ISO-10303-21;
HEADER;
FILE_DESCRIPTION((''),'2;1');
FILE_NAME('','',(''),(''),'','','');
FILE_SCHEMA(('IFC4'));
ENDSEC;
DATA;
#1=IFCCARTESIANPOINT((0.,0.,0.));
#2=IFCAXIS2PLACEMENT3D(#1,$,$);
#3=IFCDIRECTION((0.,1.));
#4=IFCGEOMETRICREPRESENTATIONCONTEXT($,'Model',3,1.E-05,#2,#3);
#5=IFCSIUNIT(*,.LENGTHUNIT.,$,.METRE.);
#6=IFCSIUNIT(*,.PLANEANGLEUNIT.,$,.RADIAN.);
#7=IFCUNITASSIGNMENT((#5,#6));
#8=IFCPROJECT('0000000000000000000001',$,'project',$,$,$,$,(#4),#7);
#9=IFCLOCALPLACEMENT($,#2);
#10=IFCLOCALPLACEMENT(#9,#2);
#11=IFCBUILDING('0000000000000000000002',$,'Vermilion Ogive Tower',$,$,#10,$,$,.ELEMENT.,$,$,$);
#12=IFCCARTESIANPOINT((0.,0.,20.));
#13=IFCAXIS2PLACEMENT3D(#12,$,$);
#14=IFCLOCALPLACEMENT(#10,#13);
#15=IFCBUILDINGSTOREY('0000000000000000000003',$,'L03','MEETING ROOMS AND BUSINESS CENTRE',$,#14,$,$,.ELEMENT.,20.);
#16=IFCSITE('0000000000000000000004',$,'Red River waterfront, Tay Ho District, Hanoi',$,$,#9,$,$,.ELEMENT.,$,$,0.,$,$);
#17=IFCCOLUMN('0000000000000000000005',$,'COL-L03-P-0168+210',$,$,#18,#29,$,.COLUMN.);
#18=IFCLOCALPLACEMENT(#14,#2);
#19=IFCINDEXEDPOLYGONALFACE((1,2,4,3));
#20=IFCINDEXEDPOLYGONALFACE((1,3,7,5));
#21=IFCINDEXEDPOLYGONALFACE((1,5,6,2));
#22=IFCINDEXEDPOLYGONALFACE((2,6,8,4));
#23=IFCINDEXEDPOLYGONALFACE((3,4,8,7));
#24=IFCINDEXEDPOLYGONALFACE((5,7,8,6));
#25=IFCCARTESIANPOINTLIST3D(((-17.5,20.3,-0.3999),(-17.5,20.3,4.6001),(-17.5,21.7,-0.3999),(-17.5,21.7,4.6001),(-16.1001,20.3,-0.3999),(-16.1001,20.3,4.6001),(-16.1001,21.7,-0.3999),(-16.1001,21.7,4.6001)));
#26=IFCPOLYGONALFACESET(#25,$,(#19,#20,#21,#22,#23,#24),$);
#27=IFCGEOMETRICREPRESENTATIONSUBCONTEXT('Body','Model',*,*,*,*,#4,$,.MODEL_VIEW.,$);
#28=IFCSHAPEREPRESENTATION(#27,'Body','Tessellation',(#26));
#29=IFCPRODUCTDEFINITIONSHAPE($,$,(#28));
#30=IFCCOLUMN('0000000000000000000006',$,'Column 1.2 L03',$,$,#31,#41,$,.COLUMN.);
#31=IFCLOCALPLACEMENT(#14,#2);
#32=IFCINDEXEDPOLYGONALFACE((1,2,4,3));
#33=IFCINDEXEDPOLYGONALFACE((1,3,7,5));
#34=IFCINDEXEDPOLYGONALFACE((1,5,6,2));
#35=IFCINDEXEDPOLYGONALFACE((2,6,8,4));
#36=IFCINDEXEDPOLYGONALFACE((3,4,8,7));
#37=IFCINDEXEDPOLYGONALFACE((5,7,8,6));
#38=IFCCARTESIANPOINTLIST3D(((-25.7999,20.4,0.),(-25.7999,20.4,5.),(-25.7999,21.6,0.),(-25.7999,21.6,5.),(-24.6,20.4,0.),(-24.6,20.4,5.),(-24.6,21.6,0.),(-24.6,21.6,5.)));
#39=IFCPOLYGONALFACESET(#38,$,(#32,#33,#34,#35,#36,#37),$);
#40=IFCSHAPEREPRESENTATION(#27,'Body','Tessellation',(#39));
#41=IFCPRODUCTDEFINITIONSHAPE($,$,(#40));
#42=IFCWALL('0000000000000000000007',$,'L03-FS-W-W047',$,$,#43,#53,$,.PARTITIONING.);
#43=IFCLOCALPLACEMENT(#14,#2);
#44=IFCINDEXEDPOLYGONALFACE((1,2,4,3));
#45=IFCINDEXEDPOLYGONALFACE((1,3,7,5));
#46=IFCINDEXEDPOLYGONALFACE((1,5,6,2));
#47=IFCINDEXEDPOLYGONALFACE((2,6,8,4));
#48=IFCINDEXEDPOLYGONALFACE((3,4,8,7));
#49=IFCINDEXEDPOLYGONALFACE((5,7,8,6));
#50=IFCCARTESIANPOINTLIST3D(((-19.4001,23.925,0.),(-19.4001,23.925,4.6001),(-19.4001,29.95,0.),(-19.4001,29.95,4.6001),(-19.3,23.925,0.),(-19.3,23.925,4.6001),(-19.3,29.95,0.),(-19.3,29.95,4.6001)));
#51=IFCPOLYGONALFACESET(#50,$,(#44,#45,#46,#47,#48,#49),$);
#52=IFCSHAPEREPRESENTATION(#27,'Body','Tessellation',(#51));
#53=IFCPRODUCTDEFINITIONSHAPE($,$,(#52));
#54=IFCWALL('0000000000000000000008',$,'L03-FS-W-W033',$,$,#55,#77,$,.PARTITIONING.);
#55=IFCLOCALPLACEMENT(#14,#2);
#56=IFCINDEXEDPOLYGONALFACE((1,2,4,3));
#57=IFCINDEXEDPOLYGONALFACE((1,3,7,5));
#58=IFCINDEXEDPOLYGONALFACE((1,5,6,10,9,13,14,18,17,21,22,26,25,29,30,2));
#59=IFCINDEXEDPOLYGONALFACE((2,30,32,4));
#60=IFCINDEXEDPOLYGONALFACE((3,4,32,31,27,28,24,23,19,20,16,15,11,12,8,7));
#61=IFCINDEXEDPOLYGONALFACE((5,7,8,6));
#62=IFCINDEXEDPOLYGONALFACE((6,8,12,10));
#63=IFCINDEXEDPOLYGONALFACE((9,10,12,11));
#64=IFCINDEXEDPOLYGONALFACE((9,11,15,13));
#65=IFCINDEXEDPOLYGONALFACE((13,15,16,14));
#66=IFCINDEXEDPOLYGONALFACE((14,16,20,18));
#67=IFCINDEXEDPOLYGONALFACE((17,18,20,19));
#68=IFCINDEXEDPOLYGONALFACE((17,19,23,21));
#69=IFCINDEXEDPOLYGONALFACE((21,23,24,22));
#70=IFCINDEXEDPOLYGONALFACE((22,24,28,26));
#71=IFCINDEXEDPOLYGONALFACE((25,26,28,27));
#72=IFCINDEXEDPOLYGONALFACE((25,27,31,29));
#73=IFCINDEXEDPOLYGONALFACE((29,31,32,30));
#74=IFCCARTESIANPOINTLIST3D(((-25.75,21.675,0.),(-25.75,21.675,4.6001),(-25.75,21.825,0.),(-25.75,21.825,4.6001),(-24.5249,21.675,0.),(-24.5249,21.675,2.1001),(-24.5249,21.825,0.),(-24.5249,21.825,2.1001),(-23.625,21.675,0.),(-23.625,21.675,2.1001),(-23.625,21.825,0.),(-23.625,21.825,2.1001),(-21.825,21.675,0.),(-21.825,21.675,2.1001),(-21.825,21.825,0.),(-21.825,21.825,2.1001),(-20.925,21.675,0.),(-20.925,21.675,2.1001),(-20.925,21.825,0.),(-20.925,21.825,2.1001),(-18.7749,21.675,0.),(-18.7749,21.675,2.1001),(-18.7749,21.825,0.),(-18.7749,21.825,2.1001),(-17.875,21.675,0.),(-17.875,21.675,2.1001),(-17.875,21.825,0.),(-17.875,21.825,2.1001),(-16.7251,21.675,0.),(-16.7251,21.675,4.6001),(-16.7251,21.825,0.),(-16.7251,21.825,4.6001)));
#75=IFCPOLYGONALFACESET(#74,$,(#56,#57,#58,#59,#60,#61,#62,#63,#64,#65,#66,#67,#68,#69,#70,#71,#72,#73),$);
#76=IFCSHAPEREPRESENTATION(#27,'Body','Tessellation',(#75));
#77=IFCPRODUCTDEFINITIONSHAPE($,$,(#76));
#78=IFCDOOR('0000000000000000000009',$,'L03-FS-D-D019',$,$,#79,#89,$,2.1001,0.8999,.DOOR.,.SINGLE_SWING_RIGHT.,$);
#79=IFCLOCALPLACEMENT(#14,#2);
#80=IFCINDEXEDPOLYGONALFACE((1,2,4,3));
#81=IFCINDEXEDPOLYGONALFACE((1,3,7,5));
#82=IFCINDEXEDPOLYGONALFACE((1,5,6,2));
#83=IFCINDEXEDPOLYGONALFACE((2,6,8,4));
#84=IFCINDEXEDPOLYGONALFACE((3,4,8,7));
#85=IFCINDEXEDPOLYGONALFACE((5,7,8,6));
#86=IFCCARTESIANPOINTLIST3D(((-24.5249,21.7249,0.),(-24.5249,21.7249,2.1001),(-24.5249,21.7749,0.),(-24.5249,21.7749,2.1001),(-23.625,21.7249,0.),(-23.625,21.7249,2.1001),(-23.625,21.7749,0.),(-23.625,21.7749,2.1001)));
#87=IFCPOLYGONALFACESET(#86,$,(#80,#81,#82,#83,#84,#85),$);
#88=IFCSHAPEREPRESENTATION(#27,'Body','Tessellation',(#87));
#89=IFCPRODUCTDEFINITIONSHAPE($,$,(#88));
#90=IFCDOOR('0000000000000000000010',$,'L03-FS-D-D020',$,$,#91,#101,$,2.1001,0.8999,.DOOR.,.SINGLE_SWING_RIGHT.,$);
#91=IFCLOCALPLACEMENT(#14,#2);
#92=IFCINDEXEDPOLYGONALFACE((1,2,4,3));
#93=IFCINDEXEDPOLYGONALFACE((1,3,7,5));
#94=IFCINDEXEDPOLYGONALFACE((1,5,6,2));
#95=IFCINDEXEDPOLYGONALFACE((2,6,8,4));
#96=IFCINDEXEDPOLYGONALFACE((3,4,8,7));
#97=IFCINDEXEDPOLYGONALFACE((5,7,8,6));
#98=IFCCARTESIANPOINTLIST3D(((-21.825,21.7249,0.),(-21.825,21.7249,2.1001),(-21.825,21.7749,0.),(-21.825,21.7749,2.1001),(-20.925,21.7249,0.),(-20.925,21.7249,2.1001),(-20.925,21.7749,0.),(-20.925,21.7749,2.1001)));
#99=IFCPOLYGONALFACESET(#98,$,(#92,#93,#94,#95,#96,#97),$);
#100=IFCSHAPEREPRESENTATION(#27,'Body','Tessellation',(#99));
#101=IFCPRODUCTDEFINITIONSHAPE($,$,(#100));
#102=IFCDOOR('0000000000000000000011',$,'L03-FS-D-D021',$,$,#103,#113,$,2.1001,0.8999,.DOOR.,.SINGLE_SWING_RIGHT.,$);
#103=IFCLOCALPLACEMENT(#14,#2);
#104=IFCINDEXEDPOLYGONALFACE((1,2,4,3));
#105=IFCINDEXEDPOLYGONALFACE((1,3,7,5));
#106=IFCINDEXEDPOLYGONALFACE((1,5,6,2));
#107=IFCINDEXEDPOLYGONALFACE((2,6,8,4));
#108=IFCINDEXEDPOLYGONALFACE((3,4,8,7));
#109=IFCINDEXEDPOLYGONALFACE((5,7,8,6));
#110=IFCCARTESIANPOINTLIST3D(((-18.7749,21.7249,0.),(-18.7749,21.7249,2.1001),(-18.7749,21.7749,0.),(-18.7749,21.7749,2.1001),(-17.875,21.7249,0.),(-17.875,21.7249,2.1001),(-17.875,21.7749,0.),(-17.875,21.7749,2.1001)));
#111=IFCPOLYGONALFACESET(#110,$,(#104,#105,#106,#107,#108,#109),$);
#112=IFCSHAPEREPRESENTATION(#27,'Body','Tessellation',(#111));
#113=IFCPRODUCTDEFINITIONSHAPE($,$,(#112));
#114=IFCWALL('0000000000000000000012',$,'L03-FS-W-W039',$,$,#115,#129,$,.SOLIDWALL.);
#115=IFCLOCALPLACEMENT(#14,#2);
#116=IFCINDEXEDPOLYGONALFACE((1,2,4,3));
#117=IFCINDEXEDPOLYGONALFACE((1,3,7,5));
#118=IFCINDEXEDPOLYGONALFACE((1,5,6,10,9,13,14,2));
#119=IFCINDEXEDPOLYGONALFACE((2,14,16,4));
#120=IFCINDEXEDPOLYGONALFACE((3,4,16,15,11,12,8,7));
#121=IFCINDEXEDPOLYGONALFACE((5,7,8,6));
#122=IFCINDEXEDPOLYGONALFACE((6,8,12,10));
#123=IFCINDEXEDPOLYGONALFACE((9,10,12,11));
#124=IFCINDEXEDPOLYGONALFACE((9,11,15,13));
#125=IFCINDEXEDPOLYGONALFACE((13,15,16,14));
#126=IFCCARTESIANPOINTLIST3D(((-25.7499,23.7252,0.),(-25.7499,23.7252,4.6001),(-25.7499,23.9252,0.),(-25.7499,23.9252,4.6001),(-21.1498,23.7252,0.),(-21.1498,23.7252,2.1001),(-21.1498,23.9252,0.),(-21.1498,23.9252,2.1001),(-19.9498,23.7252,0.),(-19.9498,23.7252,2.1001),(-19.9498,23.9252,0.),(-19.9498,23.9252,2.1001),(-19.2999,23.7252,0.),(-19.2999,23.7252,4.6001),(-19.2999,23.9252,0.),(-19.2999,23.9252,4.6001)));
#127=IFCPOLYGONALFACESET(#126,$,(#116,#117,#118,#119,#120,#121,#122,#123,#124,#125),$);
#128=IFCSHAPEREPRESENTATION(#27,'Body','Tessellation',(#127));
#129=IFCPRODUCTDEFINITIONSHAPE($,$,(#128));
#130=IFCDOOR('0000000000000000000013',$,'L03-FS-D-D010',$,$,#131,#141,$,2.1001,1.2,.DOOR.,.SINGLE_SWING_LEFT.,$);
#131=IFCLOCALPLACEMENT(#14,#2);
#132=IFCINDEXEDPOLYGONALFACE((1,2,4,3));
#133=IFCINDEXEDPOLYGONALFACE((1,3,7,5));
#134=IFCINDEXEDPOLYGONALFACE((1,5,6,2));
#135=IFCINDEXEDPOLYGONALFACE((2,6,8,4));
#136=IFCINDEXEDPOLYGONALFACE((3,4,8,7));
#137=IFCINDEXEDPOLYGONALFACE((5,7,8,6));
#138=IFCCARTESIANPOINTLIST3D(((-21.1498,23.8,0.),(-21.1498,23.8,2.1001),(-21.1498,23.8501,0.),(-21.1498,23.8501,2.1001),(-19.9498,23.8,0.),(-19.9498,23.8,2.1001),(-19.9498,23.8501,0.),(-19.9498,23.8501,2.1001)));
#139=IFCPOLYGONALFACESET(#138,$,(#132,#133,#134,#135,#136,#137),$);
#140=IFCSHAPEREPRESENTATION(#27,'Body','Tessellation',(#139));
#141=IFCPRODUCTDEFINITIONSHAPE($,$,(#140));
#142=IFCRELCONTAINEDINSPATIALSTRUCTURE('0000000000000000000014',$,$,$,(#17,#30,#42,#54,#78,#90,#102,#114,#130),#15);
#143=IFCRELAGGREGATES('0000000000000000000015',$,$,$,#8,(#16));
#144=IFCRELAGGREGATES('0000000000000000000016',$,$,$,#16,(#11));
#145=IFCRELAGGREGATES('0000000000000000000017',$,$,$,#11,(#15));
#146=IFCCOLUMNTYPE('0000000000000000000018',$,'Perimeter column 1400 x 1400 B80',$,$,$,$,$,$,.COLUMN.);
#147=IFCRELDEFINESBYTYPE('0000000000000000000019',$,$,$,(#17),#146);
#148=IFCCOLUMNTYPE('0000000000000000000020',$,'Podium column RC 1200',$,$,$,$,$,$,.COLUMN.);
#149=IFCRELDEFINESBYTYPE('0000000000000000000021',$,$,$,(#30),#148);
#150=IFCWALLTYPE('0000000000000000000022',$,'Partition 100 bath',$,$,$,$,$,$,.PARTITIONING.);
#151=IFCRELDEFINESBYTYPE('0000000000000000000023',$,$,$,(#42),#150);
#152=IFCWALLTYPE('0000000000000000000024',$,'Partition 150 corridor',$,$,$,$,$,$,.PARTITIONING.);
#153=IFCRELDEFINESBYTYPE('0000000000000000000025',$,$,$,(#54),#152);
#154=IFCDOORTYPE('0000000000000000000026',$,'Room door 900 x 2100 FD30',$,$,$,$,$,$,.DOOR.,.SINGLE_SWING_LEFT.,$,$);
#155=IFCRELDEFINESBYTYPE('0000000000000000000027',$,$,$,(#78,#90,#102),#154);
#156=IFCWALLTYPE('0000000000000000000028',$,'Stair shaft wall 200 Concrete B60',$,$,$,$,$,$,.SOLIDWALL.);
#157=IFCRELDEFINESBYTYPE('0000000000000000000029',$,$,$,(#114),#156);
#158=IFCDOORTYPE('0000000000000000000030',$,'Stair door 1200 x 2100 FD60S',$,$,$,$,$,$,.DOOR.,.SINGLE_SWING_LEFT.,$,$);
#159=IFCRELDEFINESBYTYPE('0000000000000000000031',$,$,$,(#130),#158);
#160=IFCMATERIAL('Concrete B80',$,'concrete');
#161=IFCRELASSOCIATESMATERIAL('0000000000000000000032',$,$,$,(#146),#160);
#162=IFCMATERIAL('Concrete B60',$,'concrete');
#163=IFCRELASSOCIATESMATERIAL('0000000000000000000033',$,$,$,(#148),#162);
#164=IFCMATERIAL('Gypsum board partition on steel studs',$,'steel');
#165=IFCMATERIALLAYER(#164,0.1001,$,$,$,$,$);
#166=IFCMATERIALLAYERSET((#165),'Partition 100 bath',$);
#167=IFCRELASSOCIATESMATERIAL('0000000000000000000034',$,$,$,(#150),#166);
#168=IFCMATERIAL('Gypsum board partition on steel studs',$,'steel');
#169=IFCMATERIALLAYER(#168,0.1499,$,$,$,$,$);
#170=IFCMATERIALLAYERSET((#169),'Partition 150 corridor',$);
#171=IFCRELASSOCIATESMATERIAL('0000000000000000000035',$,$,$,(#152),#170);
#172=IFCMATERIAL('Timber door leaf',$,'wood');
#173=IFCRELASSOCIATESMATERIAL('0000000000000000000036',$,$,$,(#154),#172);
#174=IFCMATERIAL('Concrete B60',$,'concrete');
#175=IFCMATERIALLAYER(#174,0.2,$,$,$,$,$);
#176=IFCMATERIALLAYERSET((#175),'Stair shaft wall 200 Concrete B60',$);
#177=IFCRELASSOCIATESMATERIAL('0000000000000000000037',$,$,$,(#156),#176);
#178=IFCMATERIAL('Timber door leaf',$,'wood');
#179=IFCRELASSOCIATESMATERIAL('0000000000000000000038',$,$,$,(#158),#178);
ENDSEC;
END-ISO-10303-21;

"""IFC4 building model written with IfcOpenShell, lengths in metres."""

from ifc_helpers import new_model, si_unit, direction, frame, frame_2d, origin, origin_2d, place, context, subcontext, project, spatial, rectangle, extrude, material, layer, layer_set, material_profile, profile_set, type_object, element, fill, save


model = new_model("IFC4")

# Units and contexts
model_context = context("Model", 3, precision=1e-05, world=origin(), true_north=direction((0.0, 1.0)))
body_context = subcontext(model_context, "Body", "Model", "MODEL_VIEW")
ifc_project = project(units=[si_unit("LENGTHUNIT", "METRE"), si_unit("PLANEANGLEUNIT", "RADIAN")], contexts=[model_context])

# Site, building, storey
site_placement = place(None, origin())
site = spatial("IfcSite", under=ifc_project, at=site_placement, Name="Red River waterfront, Tay Ho District, Hanoi", CompositionType="ELEMENT", RefElevation=0.0)
building_placement = place(site_placement, origin())
building = spatial("IfcBuilding", under=site, at=building_placement, Name="Vermilion Ogive Tower", CompositionType="ELEMENT")
storey_placement = place(building_placement, frame((0.0, 0.0, 20.0)))
storey = spatial("IfcBuildingStorey", under=building, at=storey_placement, Name="L03", Description="MEETING ROOMS AND BUSINESS CENTRE", CompositionType="ELEMENT", Elevation=20.0)

# Columns
ifc_material_1 = material(Name="Concrete B80", Category="concrete")
ifc_material_profile_1 = material_profile(ifc_material_1, rectangle(XDim=1.3999, YDim=1.3999, at=origin_2d()), Name="1400 x 1400")
ifc_profile_set_1 = profile_set([ifc_material_profile_1], Name="Concrete B80")
column_type_1 = type_object("IfcColumnType", Name="Perimeter column 1400 x 1400 B80", PredefinedType="COLUMN", material=ifc_profile_set_1)
column_1_placement = place(storey_placement, frame((-16.8, 21.0, -0.3999), z_axis=(0.0, 0.0, 1.0), x_axis=(1.0, 0.0, 0.0)))
element("IfcColumn", 1, at=column_1_placement, inside=storey, type_object=column_type_1, Name="COL-L03-P-0168+210", PredefinedType="COLUMN", context=body_context, shape_type="SweptSolid", body=[
    extrude(rectangle(XDim=1.3999, YDim=1.3999, at=origin_2d()), origin(), (0.0, 0.0, 1.0), 5.0),
])
ifc_material_2 = material(Name="Concrete B60", Category="concrete")
ifc_material_profile_2 = material_profile(ifc_material_2, rectangle(XDim=1.2, YDim=1.2, at=origin_2d()), Name="RC 1200x1200")
ifc_profile_set_2 = profile_set([ifc_material_profile_2], Name="Concrete B60")
column_type_2 = type_object("IfcColumnType", Name="Podium column RC 1200", PredefinedType="COLUMN", material=ifc_profile_set_2)
column_2_placement = place(storey_placement, frame((-25.2, 21.0, 0.0), z_axis=(0.0, 0.0, 1.0), x_axis=(1.0, 0.0, 0.0)))
element("IfcColumn", 2, at=column_2_placement, inside=storey, type_object=column_type_2, Name="Column 1.2 L03", PredefinedType="COLUMN", context=body_context, shape_type="SweptSolid", body=[
    extrude(rectangle(XDim=1.2, YDim=1.2, at=origin_2d()), origin(), (0.0, 0.0, 1.0), 5.0),
])

# Wall
ifc_material_3 = material(Name="Gypsum board partition on steel studs", Category="steel")
ifc_layer_1 = layer(ifc_material_3, 0.1001)
ifc_layer_set_1 = layer_set([ifc_layer_1], Name="Partition 100 bath")
wall_type_1 = type_object("IfcWallType", Name="Partition 100 bath", PredefinedType="PARTITIONING", material=ifc_layer_set_1)
wall_1_placement = place(storey_placement, frame((-19.3501, 23.925, 0.0), z_axis=(0.0, 0.0, 1.0), x_axis=(0.0, 1.0, 0.0)))
element("IfcWall", 3, at=wall_1_placement, inside=storey, type_object=wall_type_1, Name="L03-FS-W-W047", PredefinedType="PARTITIONING", context=body_context, shape_type="SweptSolid", body=[
    extrude(rectangle(XDim=6.0249, YDim=0.1001, at=frame_2d((3.0125, 0.0))), origin(), (0.0, 0.0, 1.0), 4.6001),
])

# Wall, openings, doors
ifc_material_4 = material(Name="Gypsum board partition on steel studs", Category="steel")
ifc_layer_2 = layer(ifc_material_4, 0.1499)
ifc_layer_set_2 = layer_set([ifc_layer_2], Name="Partition 150 corridor")
wall_type_2 = type_object("IfcWallType", Name="Partition 150 corridor", PredefinedType="PARTITIONING", material=ifc_layer_set_2)
wall_2_placement = place(storey_placement, frame((-25.75, 21.75, 0.0), z_axis=(0.0, 0.0, 1.0), x_axis=(1.0, 0.0, 0.0)))
wall_2 = element("IfcWall", 4, at=wall_2_placement, inside=storey, type_object=wall_type_2, Name="L03-FS-W-W033", PredefinedType="PARTITIONING", context=body_context, shape_type="SweptSolid", body=[
    extrude(rectangle(XDim=9.0249, YDim=0.1499, at=frame_2d((4.5125, 0.0))), origin(), (0.0, 0.0, 1.0), 4.6001),
])
opening_1_placement = place(wall_2_placement, frame((1.2251, 0.0, 0.0)))
opening_1 = element("IfcOpeningElement", 5, at=opening_1_placement, cuts=wall_2, PredefinedType="OPENING", context=body_context, shape_type="SweptSolid", body=[
    extrude(rectangle(XDim=0.8999, YDim=2.1001, at=frame_2d((0.45, 1.05))), frame((0.0, 0.085, 0.0), z_axis=(0.0, -1.0, 0.0), x_axis=(1.0, 0.0, 0.0)), (0.0, 0.0, 1.0), 0.1699),
])
opening_2_placement = place(wall_2_placement, frame((3.925, 0.0, 0.0)))
opening_2 = element("IfcOpeningElement", 6, at=opening_2_placement, cuts=wall_2, PredefinedType="OPENING", context=body_context, shape_type="SweptSolid", body=[
    extrude(rectangle(XDim=0.8999, YDim=2.1001, at=frame_2d((0.45, 1.05))), frame((0.0, 0.085, 0.0), z_axis=(0.0, -1.0, 0.0), x_axis=(1.0, 0.0, 0.0)), (0.0, 0.0, 1.0), 0.1699),
])
opening_3_placement = place(wall_2_placement, frame((6.9751, 0.0, 0.0)))
opening_3 = element("IfcOpeningElement", 7, at=opening_3_placement, cuts=wall_2, PredefinedType="OPENING", context=body_context, shape_type="SweptSolid", body=[
    extrude(rectangle(XDim=0.8999, YDim=2.1001, at=frame_2d((0.45, 1.05))), frame((0.0, 0.085, 0.0), z_axis=(0.0, -1.0, 0.0), x_axis=(1.0, 0.0, 0.0)), (0.0, 0.0, 1.0), 0.1699),
])
ifc_material_5 = material(Name="Timber door leaf", Category="wood")
door_type_1 = type_object("IfcDoorType", Name="Room door 900 x 2100 FD30", OperationType="SINGLE_SWING_LEFT", PredefinedType="DOOR", material=ifc_material_5)
door_1_placement = place(opening_1_placement, origin())
door_1 = element("IfcDoor", 8, at=door_1_placement, inside=storey, type_object=door_type_1, Name="L03-FS-D-D019", OperationType="SINGLE_SWING_RIGHT", OverallHeight=2.1001, OverallWidth=0.8999, PredefinedType="DOOR", context=body_context, shape_type="SweptSolid", body=[
    extrude(rectangle(XDim=0.8999, YDim=2.1001, at=frame_2d((0.45, 1.05))), frame((0.0, 0.0249, 0.0), z_axis=(0.0, -1.0, 0.0), x_axis=(1.0, 0.0, 0.0)), (0.0, 0.0, 1.0), 0.05),
])
fill(opening_1, door_1)
door_2_placement = place(opening_2_placement, origin())
door_2 = element("IfcDoor", 9, at=door_2_placement, inside=storey, type_object=door_type_1, Name="L03-FS-D-D020", OperationType="SINGLE_SWING_RIGHT", OverallHeight=2.1001, OverallWidth=0.8999, PredefinedType="DOOR", context=body_context, shape_type="SweptSolid", body=[
    extrude(rectangle(XDim=0.8999, YDim=2.1001, at=frame_2d((0.45, 1.05))), frame((0.0, 0.0249, 0.0), z_axis=(0.0, -1.0, 0.0), x_axis=(1.0, 0.0, 0.0)), (0.0, 0.0, 1.0), 0.05),
])
fill(opening_2, door_2)
door_3_placement = place(opening_3_placement, origin())
door_3 = element("IfcDoor", 10, at=door_3_placement, inside=storey, type_object=door_type_1, Name="L03-FS-D-D021", OperationType="SINGLE_SWING_RIGHT", OverallHeight=2.1001, OverallWidth=0.8999, PredefinedType="DOOR", context=body_context, shape_type="SweptSolid", body=[
    extrude(rectangle(XDim=0.8999, YDim=2.1001, at=frame_2d((0.45, 1.05))), frame((0.0, 0.0249, 0.0), z_axis=(0.0, -1.0, 0.0), x_axis=(1.0, 0.0, 0.0)), (0.0, 0.0, 1.0), 0.05),
])
fill(opening_3, door_3)

# Wall, opening, door
ifc_material_6 = material(Name="Concrete B60", Category="concrete")
ifc_layer_3 = layer(ifc_material_6, 0.2)
ifc_layer_set_3 = layer_set([ifc_layer_3], Name="Stair shaft wall 200 Concrete B60")
wall_type_3 = type_object("IfcWallType", Name="Stair shaft wall 200 Concrete B60", PredefinedType="SOLIDWALL", material=ifc_layer_set_3)
wall_3_placement = place(storey_placement, frame((-25.75, 23.8252, 0.0), z_axis=(0.0, 0.0, 1.0), x_axis=(1.0, 0.0, 0.0)))
wall_3 = element("IfcWall", 11, at=wall_3_placement, inside=storey, type_object=wall_type_3, Name="L03-FS-W-W039", PredefinedType="SOLIDWALL", context=body_context, shape_type="SweptSolid", body=[
    extrude(rectangle(XDim=6.45, YDim=0.2, at=frame_2d((3.2251, 0.0))), origin(), (0.0, 0.0, 1.0), 4.6001),
])
opening_4_placement = place(wall_3_placement, frame((4.6001, 0.0, 0.0)))
opening_4 = element("IfcOpeningElement", 12, at=opening_4_placement, cuts=wall_3, PredefinedType="OPENING", context=body_context, shape_type="SweptSolid", body=[
    extrude(rectangle(XDim=1.2, YDim=2.1001, at=frame_2d((0.6001, 1.05))), frame((0.0, 0.1099, 0.0), z_axis=(0.0, -1.0, 0.0), x_axis=(1.0, 0.0, 0.0)), (0.0, 0.0, 1.0), 0.22),
])
ifc_material_7 = material(Name="Timber door leaf", Category="wood")
door_type_2 = type_object("IfcDoorType", Name="Stair door 1200 x 2100 FD60S", OperationType="SINGLE_SWING_LEFT", PredefinedType="DOOR", material=ifc_material_7)
door_4_placement = place(opening_4_placement, origin())
door_4 = element("IfcDoor", 13, at=door_4_placement, inside=storey, type_object=door_type_2, Name="L03-FS-D-D010", OperationType="SINGLE_SWING_LEFT", OverallHeight=2.1001, OverallWidth=1.2, PredefinedType="DOOR", context=body_context, shape_type="SweptSolid", body=[
    extrude(rectangle(XDim=1.2, YDim=2.1001, at=frame_2d((0.6001, 1.05))), frame((0.0, 0.0249, 0.0), z_axis=(0.0, -1.0, 0.0), x_axis=(1.0, 0.0, 0.0)), (0.0, 0.0, 1.0), 0.05),
])
fill(opening_4, door_4)

save(model, "model.ifc")
